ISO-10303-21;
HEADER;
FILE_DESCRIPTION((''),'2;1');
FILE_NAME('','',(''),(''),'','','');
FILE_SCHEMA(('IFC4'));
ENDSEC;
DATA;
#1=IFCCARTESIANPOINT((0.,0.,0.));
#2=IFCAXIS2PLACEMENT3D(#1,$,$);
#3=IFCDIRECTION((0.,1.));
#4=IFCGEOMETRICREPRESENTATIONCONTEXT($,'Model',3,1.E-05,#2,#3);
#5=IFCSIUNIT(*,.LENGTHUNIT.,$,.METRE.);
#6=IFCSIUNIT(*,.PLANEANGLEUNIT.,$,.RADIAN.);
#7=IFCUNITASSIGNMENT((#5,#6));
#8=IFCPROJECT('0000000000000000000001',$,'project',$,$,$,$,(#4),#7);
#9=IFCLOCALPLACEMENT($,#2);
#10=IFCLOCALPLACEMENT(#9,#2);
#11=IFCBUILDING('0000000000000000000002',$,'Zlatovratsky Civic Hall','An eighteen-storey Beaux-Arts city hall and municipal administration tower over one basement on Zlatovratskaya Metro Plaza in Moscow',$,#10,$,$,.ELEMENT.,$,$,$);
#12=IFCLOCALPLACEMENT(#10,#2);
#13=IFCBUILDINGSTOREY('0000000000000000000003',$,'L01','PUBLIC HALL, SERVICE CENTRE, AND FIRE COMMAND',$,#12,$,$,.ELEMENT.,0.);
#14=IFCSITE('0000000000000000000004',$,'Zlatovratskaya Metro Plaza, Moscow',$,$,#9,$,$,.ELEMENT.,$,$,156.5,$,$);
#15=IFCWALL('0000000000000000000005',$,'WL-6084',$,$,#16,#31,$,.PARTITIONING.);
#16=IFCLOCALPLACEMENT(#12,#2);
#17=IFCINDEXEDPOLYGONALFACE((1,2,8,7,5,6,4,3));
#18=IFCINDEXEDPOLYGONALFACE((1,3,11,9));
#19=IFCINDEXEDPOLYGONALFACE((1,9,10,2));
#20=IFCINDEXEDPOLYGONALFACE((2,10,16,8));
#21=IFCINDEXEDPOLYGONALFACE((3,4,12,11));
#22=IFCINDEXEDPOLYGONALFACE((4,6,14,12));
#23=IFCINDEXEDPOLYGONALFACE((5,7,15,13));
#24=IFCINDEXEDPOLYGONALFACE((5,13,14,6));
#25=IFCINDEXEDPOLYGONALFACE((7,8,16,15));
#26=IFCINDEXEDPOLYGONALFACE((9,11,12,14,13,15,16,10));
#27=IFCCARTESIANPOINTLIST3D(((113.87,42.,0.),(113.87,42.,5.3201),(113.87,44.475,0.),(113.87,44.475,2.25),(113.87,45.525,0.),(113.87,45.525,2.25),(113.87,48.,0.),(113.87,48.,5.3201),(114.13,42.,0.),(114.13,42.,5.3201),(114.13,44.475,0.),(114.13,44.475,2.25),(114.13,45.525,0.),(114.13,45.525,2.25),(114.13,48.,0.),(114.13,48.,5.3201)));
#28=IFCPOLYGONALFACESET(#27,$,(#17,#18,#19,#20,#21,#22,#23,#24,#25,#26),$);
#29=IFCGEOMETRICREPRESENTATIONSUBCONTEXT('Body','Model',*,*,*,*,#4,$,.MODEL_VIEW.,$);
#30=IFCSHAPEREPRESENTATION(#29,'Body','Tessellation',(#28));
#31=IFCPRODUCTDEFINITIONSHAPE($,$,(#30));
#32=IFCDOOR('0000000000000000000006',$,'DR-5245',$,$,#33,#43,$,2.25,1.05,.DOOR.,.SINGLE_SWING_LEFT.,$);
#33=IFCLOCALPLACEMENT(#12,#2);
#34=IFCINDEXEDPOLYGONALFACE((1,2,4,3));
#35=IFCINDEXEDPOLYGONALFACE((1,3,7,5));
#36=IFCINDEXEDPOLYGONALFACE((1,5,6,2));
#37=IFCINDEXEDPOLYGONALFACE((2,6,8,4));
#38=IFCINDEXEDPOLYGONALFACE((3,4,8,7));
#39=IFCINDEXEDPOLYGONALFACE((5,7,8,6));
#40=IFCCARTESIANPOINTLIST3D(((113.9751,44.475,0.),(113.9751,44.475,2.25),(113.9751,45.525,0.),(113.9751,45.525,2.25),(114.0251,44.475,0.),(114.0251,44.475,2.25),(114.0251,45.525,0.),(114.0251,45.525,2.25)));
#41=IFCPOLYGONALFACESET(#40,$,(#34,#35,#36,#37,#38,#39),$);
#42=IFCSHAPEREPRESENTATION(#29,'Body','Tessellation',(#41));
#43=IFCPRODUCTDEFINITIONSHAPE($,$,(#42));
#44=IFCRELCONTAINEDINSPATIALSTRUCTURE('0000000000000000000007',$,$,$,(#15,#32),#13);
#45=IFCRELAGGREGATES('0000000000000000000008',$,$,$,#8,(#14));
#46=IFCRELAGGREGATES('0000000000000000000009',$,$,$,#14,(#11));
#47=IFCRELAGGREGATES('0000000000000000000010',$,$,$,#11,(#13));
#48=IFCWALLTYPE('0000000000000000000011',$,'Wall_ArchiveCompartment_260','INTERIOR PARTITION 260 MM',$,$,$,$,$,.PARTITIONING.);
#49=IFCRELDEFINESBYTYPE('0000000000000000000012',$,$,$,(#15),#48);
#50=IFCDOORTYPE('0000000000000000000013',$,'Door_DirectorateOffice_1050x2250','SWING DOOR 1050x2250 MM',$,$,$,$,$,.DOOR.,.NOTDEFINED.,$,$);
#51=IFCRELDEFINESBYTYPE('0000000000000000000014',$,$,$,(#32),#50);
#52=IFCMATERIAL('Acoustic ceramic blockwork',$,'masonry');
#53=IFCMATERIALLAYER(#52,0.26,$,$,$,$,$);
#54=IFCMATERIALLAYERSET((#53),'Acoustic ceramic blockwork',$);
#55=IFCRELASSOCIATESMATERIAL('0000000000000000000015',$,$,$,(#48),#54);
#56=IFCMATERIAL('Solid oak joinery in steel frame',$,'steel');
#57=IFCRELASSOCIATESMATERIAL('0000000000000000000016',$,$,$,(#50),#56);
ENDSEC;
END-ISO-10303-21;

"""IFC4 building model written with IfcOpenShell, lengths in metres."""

from ifc_helpers import new_model, si_unit, direction, frame, frame_2d, origin, place, context, subcontext, project, spatial, rectangle, extrude, material, layer, layer_set, type_object, element, fill, save


model = new_model("IFC4")

# Units and contexts
model_context = context("Model", 3, precision=1e-05, world=origin(), true_north=direction((0.0, 1.0)))
body_context = subcontext(model_context, "Body", "Model", "MODEL_VIEW")
ifc_project = project(units=[si_unit("LENGTHUNIT", "METRE"), si_unit("PLANEANGLEUNIT", "RADIAN")], contexts=[model_context])

# Site, building, storey
site_placement = place(None, origin())
site = spatial("IfcSite", under=ifc_project, at=site_placement, Name="Zlatovratskaya Metro Plaza, Moscow", CompositionType="ELEMENT", RefElevation=156.5)
building_placement = place(site_placement, origin())
building = spatial("IfcBuilding", under=site, at=building_placement, Name="Zlatovratsky Civic Hall", Description="An eighteen-storey Beaux-Arts city hall and municipal administration tower over one basement on Zlatovratskaya Metro Plaza in Moscow", CompositionType="ELEMENT")
storey_placement = place(building_placement, origin())
storey = spatial("IfcBuildingStorey", under=building, at=storey_placement, Name="L01", Description="PUBLIC HALL, SERVICE CENTRE, AND FIRE COMMAND", CompositionType="ELEMENT", Elevation=0.0)

# Wall, opening, door
ifc_material_1 = material(Name="Acoustic ceramic blockwork", Category="masonry")
ifc_layer = layer(ifc_material_1, 0.26)
ifc_layer_set = layer_set([ifc_layer], Name="Acoustic ceramic blockwork")
wall_type = type_object("IfcWallType", Name="Wall_ArchiveCompartment_260", Description="INTERIOR PARTITION 260 MM", PredefinedType="PARTITIONING", material=ifc_layer_set)
wall_placement = place(storey_placement, frame((114.0, 42.0, 0.0), z_axis=(0.0, 0.0, 1.0), x_axis=(0.0, 1.0, 0.0)))
wall = element("IfcWall", 1, at=wall_placement, inside=storey, type_object=wall_type, Name="WL-6084", PredefinedType="PARTITIONING", context=body_context, shape_type="SweptSolid", body=[
    extrude(rectangle(XDim=6.0, YDim=0.26, at=frame_2d((3.0, 0.0))), origin(), (0.0, 0.0, 1.0), 5.3201),
])
opening_placement = place(wall_placement, frame((2.4751, 0.0, 0.0)))
opening = element("IfcOpeningElement", 2, at=opening_placement, cuts=wall, PredefinedType="OPENING", context=body_context, shape_type="SweptSolid", body=[
    extrude(rectangle(XDim=1.05, YDim=2.25, at=frame_2d((0.5249, 1.125))), frame((0.0, 0.145, 0.0), z_axis=(0.0, -1.0, 0.0), x_axis=(1.0, 0.0, 0.0)), (0.0, 0.0, 1.0), 0.2898),
])
ifc_material_2 = material(Name="Solid oak joinery in steel frame", Category="steel")
door_type = type_object("IfcDoorType", Name="Door_DirectorateOffice_1050x2250", Description="SWING DOOR 1050x2250 MM", OperationType="NOTDEFINED", PredefinedType="DOOR", material=ifc_material_2)
door_placement = place(opening_placement, origin())
door = element("IfcDoor", 3, at=door_placement, inside=storey, type_object=door_type, Name="DR-5245", OperationType="SINGLE_SWING_LEFT", OverallHeight=2.25, OverallWidth=1.05, PredefinedType="DOOR", context=body_context, shape_type="SweptSolid", body=[
    extrude(rectangle(XDim=1.05, YDim=2.25, at=frame_2d((0.5249, 1.125))), frame((0.0, 0.0249, 0.0), z_axis=(0.0, -1.0, 0.0), x_axis=(1.0, 0.0, 0.0)), (0.0, 0.0, 1.0), 0.05),
])
fill(opening, door)

save(model, "model.ifc")
